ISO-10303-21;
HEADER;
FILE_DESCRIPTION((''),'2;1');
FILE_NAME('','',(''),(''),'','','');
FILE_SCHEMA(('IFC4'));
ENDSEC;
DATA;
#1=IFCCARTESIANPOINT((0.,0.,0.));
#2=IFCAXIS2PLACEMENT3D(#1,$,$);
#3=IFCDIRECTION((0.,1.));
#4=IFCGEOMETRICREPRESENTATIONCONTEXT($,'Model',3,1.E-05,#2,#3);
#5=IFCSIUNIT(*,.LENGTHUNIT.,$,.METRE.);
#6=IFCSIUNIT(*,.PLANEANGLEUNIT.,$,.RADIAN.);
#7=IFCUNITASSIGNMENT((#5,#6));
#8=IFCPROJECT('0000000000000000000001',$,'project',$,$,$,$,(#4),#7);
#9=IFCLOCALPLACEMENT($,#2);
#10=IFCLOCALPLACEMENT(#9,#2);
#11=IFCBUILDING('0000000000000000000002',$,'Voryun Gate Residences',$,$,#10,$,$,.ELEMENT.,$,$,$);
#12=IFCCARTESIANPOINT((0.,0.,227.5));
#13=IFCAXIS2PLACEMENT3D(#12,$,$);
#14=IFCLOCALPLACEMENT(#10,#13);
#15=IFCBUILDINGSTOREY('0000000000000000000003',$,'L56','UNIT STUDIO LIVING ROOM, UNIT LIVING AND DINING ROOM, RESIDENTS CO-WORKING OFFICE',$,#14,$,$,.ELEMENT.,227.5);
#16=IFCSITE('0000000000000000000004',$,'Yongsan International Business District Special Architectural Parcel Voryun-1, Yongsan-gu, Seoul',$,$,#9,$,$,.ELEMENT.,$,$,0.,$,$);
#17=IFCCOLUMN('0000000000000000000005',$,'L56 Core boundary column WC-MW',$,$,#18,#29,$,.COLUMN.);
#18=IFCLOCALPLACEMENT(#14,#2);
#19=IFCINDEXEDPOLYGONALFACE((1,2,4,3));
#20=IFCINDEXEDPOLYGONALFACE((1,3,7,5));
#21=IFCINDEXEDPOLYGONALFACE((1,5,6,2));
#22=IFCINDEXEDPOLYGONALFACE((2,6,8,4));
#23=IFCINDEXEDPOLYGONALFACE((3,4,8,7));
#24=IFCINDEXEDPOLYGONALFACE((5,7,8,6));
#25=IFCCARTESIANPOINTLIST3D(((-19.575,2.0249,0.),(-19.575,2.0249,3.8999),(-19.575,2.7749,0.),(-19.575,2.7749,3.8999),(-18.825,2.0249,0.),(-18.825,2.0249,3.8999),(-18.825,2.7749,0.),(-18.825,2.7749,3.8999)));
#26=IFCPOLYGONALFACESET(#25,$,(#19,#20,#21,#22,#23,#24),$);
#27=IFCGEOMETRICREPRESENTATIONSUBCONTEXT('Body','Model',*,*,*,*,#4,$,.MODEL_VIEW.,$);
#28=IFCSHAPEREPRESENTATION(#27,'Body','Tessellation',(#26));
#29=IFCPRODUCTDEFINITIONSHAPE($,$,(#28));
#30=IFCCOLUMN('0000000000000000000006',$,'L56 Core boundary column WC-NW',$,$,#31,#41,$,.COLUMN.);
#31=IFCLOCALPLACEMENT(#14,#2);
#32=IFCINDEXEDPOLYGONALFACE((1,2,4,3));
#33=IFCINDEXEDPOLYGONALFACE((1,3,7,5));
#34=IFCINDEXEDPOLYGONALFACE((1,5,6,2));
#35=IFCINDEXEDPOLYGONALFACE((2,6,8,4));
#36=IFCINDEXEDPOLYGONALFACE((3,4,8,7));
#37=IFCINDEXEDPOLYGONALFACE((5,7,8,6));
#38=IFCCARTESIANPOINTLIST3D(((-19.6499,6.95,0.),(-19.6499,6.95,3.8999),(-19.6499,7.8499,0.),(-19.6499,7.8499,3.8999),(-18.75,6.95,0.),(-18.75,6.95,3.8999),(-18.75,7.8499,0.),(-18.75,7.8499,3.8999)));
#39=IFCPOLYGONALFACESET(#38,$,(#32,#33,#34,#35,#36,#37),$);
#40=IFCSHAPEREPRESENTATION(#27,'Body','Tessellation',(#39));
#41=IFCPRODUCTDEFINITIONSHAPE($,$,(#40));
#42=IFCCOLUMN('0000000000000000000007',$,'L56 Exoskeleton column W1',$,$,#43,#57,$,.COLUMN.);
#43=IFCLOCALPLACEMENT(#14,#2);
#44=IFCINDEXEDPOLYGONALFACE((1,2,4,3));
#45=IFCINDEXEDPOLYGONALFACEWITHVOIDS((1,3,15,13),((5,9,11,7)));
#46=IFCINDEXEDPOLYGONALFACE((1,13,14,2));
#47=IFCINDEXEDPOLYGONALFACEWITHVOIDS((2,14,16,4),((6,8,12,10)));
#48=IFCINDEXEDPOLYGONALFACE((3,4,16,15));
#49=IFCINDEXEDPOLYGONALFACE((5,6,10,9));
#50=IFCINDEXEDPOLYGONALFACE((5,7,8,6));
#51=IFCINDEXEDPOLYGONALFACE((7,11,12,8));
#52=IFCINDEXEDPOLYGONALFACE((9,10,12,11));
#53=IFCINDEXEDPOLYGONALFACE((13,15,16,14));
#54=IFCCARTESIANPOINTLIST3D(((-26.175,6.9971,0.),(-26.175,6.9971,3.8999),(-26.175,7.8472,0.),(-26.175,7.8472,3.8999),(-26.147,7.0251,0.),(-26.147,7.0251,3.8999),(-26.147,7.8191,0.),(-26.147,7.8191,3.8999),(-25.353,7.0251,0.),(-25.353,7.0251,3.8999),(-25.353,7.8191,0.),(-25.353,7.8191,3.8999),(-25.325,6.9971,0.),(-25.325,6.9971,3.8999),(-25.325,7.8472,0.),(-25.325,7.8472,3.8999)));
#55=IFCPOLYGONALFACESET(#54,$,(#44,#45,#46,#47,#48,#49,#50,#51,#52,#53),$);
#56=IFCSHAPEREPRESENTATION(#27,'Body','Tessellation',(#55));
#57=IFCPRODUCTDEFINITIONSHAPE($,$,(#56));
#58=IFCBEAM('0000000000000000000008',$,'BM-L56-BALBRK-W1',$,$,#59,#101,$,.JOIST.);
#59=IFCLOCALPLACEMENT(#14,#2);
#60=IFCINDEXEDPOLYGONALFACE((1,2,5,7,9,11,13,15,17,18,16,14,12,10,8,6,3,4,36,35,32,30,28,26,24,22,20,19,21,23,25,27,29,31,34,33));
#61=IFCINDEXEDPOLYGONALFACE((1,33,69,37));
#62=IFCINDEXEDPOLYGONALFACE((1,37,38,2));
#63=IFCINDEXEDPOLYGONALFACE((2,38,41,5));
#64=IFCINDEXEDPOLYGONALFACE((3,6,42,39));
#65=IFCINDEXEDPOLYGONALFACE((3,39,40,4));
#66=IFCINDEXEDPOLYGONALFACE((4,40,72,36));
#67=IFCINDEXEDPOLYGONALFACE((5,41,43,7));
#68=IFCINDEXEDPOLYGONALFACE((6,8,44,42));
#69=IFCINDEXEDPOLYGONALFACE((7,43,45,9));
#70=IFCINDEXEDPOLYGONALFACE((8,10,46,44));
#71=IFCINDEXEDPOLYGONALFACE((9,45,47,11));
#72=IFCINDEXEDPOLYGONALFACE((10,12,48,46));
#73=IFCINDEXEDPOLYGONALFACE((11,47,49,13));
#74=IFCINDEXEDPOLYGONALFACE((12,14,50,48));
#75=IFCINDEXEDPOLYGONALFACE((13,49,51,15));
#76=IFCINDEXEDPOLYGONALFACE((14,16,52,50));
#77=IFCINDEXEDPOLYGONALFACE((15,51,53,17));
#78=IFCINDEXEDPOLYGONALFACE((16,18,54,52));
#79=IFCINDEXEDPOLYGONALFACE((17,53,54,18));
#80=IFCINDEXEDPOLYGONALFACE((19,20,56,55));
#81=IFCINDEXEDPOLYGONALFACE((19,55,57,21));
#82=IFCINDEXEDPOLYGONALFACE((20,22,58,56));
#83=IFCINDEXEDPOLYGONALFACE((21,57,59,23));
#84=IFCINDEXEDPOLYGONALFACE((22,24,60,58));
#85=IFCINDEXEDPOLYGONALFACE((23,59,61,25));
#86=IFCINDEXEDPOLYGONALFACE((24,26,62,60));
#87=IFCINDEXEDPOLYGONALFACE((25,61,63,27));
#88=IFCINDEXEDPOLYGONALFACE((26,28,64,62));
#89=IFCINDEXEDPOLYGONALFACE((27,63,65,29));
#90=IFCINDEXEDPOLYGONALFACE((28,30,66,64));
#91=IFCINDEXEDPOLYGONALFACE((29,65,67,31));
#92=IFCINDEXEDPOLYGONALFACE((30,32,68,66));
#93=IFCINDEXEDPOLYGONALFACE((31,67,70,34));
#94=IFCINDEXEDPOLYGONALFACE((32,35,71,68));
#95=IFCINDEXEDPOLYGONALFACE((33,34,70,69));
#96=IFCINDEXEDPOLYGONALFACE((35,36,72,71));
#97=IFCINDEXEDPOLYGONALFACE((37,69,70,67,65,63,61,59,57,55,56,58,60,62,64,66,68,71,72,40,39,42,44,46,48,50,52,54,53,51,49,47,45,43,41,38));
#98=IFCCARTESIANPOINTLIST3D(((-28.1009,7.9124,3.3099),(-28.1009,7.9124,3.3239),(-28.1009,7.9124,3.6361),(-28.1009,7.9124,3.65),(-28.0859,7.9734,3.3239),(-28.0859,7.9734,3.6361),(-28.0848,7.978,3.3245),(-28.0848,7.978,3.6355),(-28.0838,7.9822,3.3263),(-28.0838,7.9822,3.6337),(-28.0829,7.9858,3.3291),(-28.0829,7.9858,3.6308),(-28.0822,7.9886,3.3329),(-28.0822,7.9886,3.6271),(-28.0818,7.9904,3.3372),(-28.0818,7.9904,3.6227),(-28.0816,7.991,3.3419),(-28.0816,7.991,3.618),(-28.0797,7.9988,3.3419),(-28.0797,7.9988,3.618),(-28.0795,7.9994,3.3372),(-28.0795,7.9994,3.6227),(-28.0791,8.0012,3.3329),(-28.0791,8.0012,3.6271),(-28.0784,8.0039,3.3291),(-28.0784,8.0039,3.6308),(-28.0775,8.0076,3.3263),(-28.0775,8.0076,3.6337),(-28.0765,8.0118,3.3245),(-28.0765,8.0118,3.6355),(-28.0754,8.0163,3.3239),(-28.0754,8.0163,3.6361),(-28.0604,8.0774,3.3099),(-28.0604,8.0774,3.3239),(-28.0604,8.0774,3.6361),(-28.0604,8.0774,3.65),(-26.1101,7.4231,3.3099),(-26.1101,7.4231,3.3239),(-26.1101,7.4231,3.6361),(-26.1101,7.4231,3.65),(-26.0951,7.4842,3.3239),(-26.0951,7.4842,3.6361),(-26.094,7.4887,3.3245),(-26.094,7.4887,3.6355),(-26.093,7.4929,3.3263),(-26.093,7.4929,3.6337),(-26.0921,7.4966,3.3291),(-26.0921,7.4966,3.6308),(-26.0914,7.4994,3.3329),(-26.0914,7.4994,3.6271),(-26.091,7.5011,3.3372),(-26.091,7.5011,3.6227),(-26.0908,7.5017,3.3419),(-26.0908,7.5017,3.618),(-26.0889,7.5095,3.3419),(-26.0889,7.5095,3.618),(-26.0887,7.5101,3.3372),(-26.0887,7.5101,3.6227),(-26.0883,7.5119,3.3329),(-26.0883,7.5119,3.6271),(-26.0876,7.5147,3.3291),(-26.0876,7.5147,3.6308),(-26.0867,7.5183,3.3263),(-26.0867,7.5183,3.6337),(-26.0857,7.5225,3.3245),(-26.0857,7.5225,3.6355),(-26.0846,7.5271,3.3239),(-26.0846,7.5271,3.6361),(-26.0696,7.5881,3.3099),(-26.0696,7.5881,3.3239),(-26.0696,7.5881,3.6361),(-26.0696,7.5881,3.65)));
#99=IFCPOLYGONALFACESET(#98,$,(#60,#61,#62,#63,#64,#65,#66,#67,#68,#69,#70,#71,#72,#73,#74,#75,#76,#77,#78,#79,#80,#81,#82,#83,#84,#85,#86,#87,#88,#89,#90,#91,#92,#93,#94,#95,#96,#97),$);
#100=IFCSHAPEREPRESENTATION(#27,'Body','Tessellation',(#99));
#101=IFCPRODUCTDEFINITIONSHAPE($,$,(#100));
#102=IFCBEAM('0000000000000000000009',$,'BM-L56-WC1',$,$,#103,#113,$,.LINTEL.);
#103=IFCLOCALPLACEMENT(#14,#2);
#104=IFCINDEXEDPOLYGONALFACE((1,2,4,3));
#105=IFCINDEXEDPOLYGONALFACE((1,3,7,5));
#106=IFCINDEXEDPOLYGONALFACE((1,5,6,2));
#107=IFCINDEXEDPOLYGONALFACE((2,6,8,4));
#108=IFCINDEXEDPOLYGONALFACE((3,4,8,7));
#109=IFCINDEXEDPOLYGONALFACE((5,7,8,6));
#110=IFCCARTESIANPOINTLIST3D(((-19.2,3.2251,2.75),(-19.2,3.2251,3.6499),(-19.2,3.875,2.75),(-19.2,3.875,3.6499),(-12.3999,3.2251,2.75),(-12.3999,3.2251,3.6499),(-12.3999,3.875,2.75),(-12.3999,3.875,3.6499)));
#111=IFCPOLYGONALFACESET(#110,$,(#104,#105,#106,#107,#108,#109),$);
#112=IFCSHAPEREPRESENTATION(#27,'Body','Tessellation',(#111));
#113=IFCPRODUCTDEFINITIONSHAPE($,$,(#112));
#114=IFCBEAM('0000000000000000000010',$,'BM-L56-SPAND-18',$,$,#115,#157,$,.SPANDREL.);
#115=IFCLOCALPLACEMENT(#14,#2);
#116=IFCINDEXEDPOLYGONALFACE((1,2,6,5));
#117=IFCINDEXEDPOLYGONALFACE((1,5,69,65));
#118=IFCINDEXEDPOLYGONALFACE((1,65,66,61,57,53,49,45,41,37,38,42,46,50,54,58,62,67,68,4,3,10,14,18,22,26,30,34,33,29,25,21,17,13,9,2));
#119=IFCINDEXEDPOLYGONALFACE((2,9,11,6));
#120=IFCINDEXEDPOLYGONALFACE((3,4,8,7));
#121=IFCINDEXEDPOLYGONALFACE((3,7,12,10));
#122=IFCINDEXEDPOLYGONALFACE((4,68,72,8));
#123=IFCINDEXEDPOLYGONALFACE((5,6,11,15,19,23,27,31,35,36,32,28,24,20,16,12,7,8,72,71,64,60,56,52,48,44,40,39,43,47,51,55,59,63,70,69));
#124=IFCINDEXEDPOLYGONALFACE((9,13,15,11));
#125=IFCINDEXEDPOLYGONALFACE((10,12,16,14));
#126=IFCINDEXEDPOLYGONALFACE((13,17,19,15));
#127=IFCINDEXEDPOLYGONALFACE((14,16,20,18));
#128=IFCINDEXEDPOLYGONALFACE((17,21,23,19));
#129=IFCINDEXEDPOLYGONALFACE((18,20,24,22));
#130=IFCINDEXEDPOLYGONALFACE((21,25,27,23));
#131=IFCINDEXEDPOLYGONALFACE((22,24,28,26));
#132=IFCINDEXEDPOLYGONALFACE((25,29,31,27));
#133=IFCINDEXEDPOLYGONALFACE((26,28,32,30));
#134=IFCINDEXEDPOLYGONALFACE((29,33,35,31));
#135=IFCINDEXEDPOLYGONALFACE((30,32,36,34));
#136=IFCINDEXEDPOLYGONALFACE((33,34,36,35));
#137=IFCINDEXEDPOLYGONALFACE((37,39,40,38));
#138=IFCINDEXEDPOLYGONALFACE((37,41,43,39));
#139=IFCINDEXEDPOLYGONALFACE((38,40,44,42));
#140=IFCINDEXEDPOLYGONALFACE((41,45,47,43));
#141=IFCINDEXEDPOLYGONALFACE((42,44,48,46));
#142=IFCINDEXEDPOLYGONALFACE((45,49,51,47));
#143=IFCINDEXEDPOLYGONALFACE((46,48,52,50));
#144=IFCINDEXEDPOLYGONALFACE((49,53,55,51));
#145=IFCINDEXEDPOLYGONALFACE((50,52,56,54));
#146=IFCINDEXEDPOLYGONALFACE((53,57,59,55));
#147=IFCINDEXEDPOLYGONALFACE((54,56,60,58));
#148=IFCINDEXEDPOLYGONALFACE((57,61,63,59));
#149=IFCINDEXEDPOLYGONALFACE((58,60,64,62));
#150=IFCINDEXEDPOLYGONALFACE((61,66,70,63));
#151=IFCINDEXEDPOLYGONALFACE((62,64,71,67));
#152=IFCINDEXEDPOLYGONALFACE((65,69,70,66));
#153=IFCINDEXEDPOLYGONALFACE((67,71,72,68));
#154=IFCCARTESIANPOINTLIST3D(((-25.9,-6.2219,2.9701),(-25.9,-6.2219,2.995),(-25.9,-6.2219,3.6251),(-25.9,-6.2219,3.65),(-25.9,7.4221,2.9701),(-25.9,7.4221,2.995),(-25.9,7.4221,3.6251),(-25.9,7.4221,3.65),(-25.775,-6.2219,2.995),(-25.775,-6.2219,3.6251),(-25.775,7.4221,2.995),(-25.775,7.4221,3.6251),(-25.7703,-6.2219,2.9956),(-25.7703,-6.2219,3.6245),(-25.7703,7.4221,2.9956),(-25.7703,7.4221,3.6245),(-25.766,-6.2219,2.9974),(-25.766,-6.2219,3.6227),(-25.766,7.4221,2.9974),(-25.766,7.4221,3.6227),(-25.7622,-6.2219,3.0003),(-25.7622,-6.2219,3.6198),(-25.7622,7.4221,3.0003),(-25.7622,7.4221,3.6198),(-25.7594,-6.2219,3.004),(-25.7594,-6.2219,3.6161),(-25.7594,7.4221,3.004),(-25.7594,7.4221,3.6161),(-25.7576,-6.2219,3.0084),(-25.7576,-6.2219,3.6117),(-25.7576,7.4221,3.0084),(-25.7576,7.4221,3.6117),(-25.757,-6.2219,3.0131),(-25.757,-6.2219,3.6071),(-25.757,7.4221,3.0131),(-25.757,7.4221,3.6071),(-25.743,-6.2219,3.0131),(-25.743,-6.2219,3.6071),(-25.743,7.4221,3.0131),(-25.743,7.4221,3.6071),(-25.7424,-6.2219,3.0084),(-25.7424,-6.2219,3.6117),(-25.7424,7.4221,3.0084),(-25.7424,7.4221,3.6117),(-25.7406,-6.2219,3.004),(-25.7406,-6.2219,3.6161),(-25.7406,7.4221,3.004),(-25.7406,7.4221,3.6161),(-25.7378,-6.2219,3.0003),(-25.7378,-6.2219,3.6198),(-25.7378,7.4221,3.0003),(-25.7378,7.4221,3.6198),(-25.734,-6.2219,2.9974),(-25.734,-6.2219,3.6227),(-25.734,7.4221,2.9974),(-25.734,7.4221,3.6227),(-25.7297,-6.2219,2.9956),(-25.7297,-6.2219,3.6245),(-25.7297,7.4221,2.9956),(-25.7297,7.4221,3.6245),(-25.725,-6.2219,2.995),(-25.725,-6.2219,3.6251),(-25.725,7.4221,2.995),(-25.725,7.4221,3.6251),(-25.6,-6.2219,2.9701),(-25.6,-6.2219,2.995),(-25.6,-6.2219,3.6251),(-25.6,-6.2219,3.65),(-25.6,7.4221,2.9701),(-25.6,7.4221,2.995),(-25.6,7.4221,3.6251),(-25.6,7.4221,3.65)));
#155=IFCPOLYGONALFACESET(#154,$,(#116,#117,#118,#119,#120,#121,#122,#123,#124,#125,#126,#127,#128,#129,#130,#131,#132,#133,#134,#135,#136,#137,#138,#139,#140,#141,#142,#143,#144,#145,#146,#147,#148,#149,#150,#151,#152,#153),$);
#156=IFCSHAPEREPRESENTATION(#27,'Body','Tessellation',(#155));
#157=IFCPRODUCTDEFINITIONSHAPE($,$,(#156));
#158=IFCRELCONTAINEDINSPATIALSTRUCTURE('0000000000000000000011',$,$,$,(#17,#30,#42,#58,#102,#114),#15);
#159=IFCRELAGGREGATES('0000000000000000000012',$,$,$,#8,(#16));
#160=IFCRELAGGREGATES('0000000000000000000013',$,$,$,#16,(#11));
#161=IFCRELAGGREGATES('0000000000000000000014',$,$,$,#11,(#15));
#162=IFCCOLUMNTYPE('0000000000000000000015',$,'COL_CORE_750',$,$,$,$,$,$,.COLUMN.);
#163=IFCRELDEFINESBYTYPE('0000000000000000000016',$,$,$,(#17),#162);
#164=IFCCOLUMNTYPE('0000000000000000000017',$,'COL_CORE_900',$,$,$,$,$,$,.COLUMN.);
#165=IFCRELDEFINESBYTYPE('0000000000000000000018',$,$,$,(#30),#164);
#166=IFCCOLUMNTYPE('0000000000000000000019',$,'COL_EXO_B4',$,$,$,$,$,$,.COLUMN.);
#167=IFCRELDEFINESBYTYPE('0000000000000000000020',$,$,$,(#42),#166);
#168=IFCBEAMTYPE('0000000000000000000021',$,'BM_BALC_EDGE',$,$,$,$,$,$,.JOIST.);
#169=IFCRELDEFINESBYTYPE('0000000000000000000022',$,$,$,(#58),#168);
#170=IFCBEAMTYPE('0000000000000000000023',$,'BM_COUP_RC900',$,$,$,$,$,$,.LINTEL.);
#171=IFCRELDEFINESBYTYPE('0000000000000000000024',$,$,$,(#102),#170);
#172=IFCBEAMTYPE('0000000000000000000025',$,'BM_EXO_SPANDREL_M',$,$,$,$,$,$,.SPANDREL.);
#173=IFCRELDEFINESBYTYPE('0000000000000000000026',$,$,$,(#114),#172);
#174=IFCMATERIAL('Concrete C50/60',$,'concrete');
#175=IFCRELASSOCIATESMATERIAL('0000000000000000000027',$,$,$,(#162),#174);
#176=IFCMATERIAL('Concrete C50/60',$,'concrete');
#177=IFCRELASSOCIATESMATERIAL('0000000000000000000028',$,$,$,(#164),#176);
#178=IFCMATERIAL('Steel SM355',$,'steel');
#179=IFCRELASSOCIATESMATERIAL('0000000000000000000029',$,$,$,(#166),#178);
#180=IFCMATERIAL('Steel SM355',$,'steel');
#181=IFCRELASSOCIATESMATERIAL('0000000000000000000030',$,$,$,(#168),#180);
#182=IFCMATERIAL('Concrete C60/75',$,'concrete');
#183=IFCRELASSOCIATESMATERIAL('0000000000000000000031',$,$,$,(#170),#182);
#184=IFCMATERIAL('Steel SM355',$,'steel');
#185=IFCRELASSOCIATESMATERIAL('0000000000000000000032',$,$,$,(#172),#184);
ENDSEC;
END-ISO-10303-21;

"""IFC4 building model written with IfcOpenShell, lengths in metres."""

from ifc_helpers import new_model, si_unit, direction, frame, origin, origin_2d, place, context, subcontext, project, spatial, rectangle, hollow_rectangle, i_section, extrude, material, material_profile, profile_set, type_object, element, save


model = new_model("IFC4")

# Units and contexts
model_context = context("Model", 3, precision=1e-05, world=origin(), true_north=direction((0.0, 1.0)))
body_context = subcontext(model_context, "Body", "Model", "MODEL_VIEW")
ifc_project = project(units=[si_unit("LENGTHUNIT", "METRE"), si_unit("PLANEANGLEUNIT", "RADIAN")], contexts=[model_context])

# Site, building, storey
site_placement = place(None, origin())
site = spatial("IfcSite", under=ifc_project, at=site_placement, Name="Yongsan International Business District Special Architectural Parcel Voryun-1, Yongsan-gu, Seoul", CompositionType="ELEMENT", RefElevation=0.0)
building_placement = place(site_placement, origin())
building = spatial("IfcBuilding", under=site, at=building_placement, Name="Voryun Gate Residences", CompositionType="ELEMENT")
storey_placement = place(building_placement, frame((0.0, 0.0, 227.5)))
storey = spatial("IfcBuildingStorey", under=building, at=storey_placement, Name="L56", Description="UNIT STUDIO LIVING ROOM, UNIT LIVING AND DINING ROOM, RESIDENTS CO-WORKING OFFICE", CompositionType="ELEMENT", Elevation=227.5)

# Columns
ifc_material_1 = material(Name="Concrete C50/60", Category="concrete")
ifc_material_profile_1 = material_profile(ifc_material_1, rectangle(XDim=0.75, YDim=0.75, at=origin_2d()), Name="RC-750x750")
ifc_profile_set_1 = profile_set([ifc_material_profile_1], Name="Concrete C50/60")
column_type_1 = type_object("IfcColumnType", Name="COL_CORE_750", PredefinedType="COLUMN", material=ifc_profile_set_1)
column_1_placement = place(storey_placement, frame((-19.2, 2.3999, 0.0), z_axis=(0.0, 0.0, 1.0), x_axis=(1.0, 0.0, 0.0)))
element("IfcColumn", 1, at=column_1_placement, inside=storey, type_object=column_type_1, Name="L56 Core boundary column WC-MW", PredefinedType="COLUMN", context=body_context, shape_type="SweptSolid", body=[
    extrude(rectangle(XDim=0.75, YDim=0.75, at=origin_2d()), origin(), (0.0, 0.0, 1.0), 3.8999),
])
ifc_material_2 = material(Name="Concrete C50/60", Category="concrete")
ifc_material_profile_2 = material_profile(ifc_material_2, rectangle(XDim=0.8999, YDim=0.8999, at=origin_2d()), Name="RC-900x900")
ifc_profile_set_2 = profile_set([ifc_material_profile_2], Name="Concrete C50/60")
column_type_2 = type_object("IfcColumnType", Name="COL_CORE_900", PredefinedType="COLUMN", material=ifc_profile_set_2)
column_2_placement = place(storey_placement, frame((-19.2, 7.3999, 0.0), z_axis=(0.0, 0.0, 1.0), x_axis=(1.0, 0.0, 0.0)))
element("IfcColumn", 2, at=column_2_placement, inside=storey, type_object=column_type_2, Name="L56 Core boundary column WC-NW", PredefinedType="COLUMN", context=body_context, shape_type="SweptSolid", body=[
    extrude(rectangle(XDim=0.8999, YDim=0.8999, at=origin_2d()), origin(), (0.0, 0.0, 1.0), 3.8999),
])
ifc_material_3 = material(Name="Steel SM355", Category="steel")
ifc_material_profile_3 = material_profile(ifc_material_3, hollow_rectangle(XDim=0.8501, YDim=0.8501, WallThickness=0.0281, at=origin_2d()), Name="BOX-850x850x28")
ifc_profile_set_3 = profile_set([ifc_material_profile_3], Name="Steel SM355")
column_type_3 = type_object("IfcColumnType", Name="COL_EXO_B4", PredefinedType="COLUMN", material=ifc_profile_set_3)
column_3_placement = place(storey_placement, frame((-25.75, 7.4221, 0.0), z_axis=(0.0, 0.0, 1.0), x_axis=(1.0, 0.0, 0.0)))
element("IfcColumn", 3, at=column_3_placement, inside=storey, type_object=column_type_3, Name="L56 Exoskeleton column W1", PredefinedType="COLUMN", context=body_context, shape_type="SweptSolid", body=[
    extrude(hollow_rectangle(XDim=0.8501, YDim=0.8501, WallThickness=0.0281, at=origin_2d()), origin(), (0.0, 0.0, 1.0), 3.8999),
])

# Beams
ifc_material_4 = material(Name="Steel SM355", Category="steel")
ifc_material_profile_4 = material_profile(ifc_material_4, i_section(OverallWidth=0.1699, OverallDepth=0.3401, WebThickness=0.0081, FlangeThickness=0.0139, FilletRadius=0.0181, at=origin_2d()), Name="H-340x170x8x14")
ifc_profile_set_4 = profile_set([ifc_material_profile_4], Name="Steel SM355")
beam_type_1 = type_object("IfcBeamType", Name="BM_BALC_EDGE", PredefinedType="JOIST", material=ifc_profile_set_4)
beam_1_placement = place(storey_placement, frame((-26.0898, 7.5056, 3.48), z_axis=(-0.971102, 0.238667, 0.0), x_axis=(-0.238667, -0.971102, 0.0)))
element("IfcBeam", 4, at=beam_1_placement, inside=storey, type_object=beam_type_1, Name="BM-L56-BALBRK-W1", PredefinedType="JOIST", context=body_context, shape_type="SweptSolid", body=[
    extrude(i_section(OverallWidth=0.1699, OverallDepth=0.3401, WebThickness=0.0081, FlangeThickness=0.0139, FilletRadius=0.0181, at=origin_2d()), origin(), (0.0, 0.0, 1.0), 2.05),
])
ifc_material_5 = material(Name="Concrete C60/75", Category="concrete")
ifc_material_profile_5 = material_profile(ifc_material_5, rectangle(XDim=0.6499, YDim=0.8999, at=origin_2d()), Name="RC-650x900")
ifc_profile_set_5 = profile_set([ifc_material_profile_5], Name="Concrete C60/75")
beam_type_2 = type_object("IfcBeamType", Name="BM_COUP_RC900", PredefinedType="LINTEL", material=ifc_profile_set_5)
beam_2_placement = place(storey_placement, frame((-19.2, 3.55, 3.2), z_axis=(1.0, 0.0, 0.0), x_axis=(0.0, 1.0, 0.0)))
element("IfcBeam", 5, at=beam_2_placement, inside=storey, type_object=beam_type_2, Name="BM-L56-WC1", PredefinedType="LINTEL", context=body_context, shape_type="SweptSolid", body=[
    extrude(rectangle(XDim=0.6499, YDim=0.8999, at=origin_2d()), origin(), (0.0, 0.0, 1.0), 6.8),
])
ifc_material_6 = material(Name="Steel SM355", Category="steel")
ifc_material_profile_6 = material_profile(ifc_material_6, i_section(OverallWidth=0.3, OverallDepth=0.6799, WebThickness=0.0139, FlangeThickness=0.0249, FilletRadius=0.0181, at=origin_2d()), Name="H-680x300x14x25")
ifc_profile_set_6 = profile_set([ifc_material_profile_6], Name="Steel SM355")
beam_type_3 = type_object("IfcBeamType", Name="BM_EXO_SPANDREL_M", PredefinedType="SPANDREL", material=ifc_profile_set_6)
beam_3_placement = place(storey_placement, frame((-25.75, 7.4221, 3.3101), z_axis=(0.0, -1.0, 0.0), x_axis=(1.0, 0.0, 0.0)))
element("IfcBeam", 6, at=beam_3_placement, inside=storey, type_object=beam_type_3, Name="BM-L56-SPAND-18", PredefinedType="SPANDREL", context=body_context, shape_type="SweptSolid", body=[
    extrude(i_section(OverallWidth=0.3, OverallDepth=0.6799, WebThickness=0.0139, FlangeThickness=0.0249, FilletRadius=0.0181, at=origin_2d()), origin(), (0.0, 0.0, 1.0), 13.644),
])

save(model, "model.ifc")
